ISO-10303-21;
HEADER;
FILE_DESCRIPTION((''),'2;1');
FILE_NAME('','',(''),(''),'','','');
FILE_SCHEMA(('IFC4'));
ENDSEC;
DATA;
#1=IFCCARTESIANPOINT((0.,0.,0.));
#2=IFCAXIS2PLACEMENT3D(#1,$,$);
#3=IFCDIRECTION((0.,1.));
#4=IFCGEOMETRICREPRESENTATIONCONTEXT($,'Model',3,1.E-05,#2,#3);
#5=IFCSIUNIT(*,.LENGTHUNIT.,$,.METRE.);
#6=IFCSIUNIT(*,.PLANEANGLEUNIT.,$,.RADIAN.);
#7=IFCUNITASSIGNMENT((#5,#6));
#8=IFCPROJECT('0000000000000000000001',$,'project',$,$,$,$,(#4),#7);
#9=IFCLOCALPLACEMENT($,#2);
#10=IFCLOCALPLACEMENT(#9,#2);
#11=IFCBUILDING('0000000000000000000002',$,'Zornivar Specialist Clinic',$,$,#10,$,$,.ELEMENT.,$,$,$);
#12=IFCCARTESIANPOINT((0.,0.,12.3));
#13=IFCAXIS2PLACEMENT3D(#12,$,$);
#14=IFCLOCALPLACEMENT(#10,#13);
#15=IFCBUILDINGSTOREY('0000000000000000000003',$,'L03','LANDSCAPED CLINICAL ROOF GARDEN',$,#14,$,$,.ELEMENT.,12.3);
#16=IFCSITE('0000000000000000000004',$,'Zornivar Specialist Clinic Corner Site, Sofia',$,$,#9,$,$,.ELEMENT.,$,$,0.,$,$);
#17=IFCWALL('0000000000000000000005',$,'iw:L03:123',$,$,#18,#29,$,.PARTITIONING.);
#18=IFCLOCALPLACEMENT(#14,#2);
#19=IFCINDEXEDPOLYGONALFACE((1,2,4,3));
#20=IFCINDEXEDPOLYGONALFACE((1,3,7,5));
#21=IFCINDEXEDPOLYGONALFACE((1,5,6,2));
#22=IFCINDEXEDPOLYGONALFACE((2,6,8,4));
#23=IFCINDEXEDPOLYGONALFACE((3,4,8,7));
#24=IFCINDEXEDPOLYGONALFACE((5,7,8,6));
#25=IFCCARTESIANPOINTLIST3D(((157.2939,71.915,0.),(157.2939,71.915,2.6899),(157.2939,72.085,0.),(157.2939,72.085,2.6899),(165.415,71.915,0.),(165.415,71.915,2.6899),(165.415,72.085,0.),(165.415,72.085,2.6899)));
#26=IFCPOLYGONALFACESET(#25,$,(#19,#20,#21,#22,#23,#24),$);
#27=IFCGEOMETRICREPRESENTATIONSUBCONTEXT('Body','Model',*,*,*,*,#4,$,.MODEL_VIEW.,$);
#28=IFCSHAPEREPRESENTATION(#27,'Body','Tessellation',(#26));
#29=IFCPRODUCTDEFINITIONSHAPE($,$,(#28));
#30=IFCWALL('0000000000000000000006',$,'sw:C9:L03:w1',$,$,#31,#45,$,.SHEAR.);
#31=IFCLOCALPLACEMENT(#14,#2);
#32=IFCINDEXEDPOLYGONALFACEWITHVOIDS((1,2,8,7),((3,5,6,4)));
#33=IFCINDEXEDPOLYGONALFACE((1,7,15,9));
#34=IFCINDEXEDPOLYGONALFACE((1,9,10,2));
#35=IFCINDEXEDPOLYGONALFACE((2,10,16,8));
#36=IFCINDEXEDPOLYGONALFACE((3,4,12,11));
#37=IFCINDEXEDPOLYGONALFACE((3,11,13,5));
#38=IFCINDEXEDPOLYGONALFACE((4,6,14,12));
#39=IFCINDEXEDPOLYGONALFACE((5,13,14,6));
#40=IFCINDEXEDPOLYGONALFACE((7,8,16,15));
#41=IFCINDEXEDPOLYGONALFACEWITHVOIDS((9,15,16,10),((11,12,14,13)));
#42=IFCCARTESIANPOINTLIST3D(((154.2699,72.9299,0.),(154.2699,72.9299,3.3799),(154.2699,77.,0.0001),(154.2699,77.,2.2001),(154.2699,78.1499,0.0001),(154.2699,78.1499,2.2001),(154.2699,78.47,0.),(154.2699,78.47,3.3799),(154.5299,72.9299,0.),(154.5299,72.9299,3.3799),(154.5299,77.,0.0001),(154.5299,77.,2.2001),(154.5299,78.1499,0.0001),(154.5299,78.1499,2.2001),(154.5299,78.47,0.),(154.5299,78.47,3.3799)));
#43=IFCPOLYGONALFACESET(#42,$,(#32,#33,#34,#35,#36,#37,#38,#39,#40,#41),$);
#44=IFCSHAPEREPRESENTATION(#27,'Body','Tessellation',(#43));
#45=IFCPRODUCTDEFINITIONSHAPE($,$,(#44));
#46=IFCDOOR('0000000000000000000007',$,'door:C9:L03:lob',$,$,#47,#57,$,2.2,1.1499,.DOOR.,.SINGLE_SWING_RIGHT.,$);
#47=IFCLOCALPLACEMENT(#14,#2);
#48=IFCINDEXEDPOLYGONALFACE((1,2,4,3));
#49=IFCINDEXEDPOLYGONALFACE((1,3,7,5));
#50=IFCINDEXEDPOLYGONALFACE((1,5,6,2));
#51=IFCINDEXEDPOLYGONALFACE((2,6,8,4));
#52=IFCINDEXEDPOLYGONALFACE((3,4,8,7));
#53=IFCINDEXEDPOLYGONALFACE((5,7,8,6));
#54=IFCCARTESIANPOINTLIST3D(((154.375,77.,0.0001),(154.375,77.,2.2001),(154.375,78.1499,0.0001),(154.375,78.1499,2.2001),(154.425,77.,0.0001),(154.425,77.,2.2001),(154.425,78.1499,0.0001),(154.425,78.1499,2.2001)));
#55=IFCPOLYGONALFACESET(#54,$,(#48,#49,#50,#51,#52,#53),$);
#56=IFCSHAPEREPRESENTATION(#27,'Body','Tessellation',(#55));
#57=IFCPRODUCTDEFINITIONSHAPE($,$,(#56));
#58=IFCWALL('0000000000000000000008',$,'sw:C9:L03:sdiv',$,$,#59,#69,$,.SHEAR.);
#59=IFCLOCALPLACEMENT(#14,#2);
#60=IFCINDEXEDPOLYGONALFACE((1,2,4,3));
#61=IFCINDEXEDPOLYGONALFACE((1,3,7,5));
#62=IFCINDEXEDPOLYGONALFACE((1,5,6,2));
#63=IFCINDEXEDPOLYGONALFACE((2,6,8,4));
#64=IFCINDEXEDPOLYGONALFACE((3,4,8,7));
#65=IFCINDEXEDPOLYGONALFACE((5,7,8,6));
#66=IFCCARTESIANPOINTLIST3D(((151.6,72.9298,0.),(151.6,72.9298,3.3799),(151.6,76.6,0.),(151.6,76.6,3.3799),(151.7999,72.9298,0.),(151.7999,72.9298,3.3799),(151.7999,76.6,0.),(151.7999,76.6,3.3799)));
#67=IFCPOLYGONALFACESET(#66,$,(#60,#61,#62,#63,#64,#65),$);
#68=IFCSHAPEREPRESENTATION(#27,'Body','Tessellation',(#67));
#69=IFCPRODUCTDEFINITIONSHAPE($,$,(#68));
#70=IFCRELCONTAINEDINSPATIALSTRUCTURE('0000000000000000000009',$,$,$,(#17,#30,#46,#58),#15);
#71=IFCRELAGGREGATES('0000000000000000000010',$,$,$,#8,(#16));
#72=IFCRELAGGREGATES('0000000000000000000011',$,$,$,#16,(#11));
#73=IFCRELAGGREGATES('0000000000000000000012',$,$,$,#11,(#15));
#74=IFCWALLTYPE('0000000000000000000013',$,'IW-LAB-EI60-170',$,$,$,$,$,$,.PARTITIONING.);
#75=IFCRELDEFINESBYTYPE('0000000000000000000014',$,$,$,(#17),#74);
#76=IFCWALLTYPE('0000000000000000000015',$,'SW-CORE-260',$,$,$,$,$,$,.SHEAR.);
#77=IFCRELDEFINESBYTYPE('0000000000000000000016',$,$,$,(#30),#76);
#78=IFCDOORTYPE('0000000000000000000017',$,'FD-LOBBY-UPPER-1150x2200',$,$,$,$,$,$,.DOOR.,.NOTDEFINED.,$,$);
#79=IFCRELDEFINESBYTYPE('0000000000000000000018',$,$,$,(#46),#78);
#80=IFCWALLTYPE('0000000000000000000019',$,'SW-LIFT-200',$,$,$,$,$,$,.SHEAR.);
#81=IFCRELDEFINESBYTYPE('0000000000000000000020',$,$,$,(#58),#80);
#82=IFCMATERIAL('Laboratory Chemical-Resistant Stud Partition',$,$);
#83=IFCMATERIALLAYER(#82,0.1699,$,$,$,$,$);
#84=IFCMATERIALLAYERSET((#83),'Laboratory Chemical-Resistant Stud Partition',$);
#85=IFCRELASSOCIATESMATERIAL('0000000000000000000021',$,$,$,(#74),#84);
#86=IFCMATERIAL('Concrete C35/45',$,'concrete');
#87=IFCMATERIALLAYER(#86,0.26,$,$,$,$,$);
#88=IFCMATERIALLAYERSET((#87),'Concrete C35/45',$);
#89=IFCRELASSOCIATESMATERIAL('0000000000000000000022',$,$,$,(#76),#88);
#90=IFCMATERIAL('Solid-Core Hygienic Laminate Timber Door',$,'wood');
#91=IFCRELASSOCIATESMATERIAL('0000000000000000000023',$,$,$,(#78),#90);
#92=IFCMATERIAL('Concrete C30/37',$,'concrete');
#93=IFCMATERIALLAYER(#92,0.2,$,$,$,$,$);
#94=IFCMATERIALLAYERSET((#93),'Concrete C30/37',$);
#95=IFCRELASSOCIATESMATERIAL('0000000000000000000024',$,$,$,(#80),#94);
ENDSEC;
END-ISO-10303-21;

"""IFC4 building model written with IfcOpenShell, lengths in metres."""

from ifc_helpers import new_model, si_unit, direction, frame, frame_2d, origin, place, context, subcontext, project, spatial, rectangle, extrude, material, layer, layer_set, type_object, element, fill, save


model = new_model("IFC4")

# Units and contexts
model_context = context("Model", 3, precision=1e-05, world=origin(), true_north=direction((0.0, 1.0)))
body_context = subcontext(model_context, "Body", "Model", "MODEL_VIEW")
ifc_project = project(units=[si_unit("LENGTHUNIT", "METRE"), si_unit("PLANEANGLEUNIT", "RADIAN")], contexts=[model_context])

# Site, building, storey
site_placement = place(None, origin())
site = spatial("IfcSite", under=ifc_project, at=site_placement, Name="Zornivar Specialist Clinic Corner Site, Sofia", CompositionType="ELEMENT", RefElevation=0.0)
building_placement = place(site_placement, origin())
building = spatial("IfcBuilding", under=site, at=building_placement, Name="Zornivar Specialist Clinic", CompositionType="ELEMENT")
storey_placement = place(building_placement, frame((0.0, 0.0, 12.3)))
storey = spatial("IfcBuildingStorey", under=building, at=storey_placement, Name="L03", Description="LANDSCAPED CLINICAL ROOF GARDEN", CompositionType="ELEMENT", Elevation=12.3)

# Wall
ifc_material_1 = material(Name="Laboratory Chemical-Resistant Stud Partition")
ifc_layer_1 = layer(ifc_material_1, 0.1699)
ifc_layer_set_1 = layer_set([ifc_layer_1], Name="Laboratory Chemical-Resistant Stud Partition")
wall_type_1 = type_object("IfcWallType", Name="IW-LAB-EI60-170", PredefinedType="PARTITIONING", material=ifc_layer_set_1)
wall_1_placement = place(storey_placement, frame((157.2939, 72.0, 0.0), z_axis=(0.0, 0.0, 1.0), x_axis=(1.0, 0.0, 0.0)))
element("IfcWall", 1, at=wall_1_placement, inside=storey, type_object=wall_type_1, Name="iw:L03:123", PredefinedType="PARTITIONING", context=body_context, shape_type="SweptSolid", body=[
    extrude(rectangle(XDim=8.1211, YDim=0.1699, at=frame_2d((4.0605, 0.0))), origin(), (0.0, 0.0, 1.0), 2.6899),
])

# Wall, opening, door
ifc_material_2 = material(Name="Concrete C35/45", Category="concrete")
ifc_layer_2 = layer(ifc_material_2, 0.26)
ifc_layer_set_2 = layer_set([ifc_layer_2], Name="Concrete C35/45")
wall_type_2 = type_object("IfcWallType", Name="SW-CORE-260", PredefinedType="SHEAR", material=ifc_layer_set_2)
wall_2_placement = place(storey_placement, frame((154.3999, 72.9299, 0.0), z_axis=(0.0, 0.0, 1.0), x_axis=(0.0, 1.0, 0.0)))
wall_2 = element("IfcWall", 2, at=wall_2_placement, inside=storey, type_object=wall_type_2, Name="sw:C9:L03:w1", PredefinedType="SHEAR", context=body_context, shape_type="SweptSolid", body=[
    extrude(rectangle(XDim=5.54, YDim=0.26, at=frame_2d((2.77, 0.0))), origin(), (0.0, 0.0, 1.0), 3.3799),
])
opening_1_placement = place(wall_2_placement, frame((4.0701, 0.0, 0.0)))
opening_1 = element("IfcOpeningElement", 3, at=opening_1_placement, cuts=wall_2, PredefinedType="OPENING", context=body_context, shape_type="SweptSolid", body=[
    extrude(rectangle(XDim=1.1499, YDim=2.2, at=frame_2d((0.575, 1.1001))), frame((0.0, 0.1399, 0.0), z_axis=(0.0, -1.0, 0.0), x_axis=(1.0, 0.0, 0.0)), (0.0, 0.0, 1.0), 0.28),
])
ifc_material_3 = material(Name="Solid-Core Hygienic Laminate Timber Door", Category="wood")
door_type_1 = type_object("IfcDoorType", Name="FD-LOBBY-UPPER-1150x2200", OperationType="NOTDEFINED", PredefinedType="DOOR", material=ifc_material_3)
door_1_placement = place(opening_1_placement, origin())
door_1 = element("IfcDoor", 4, at=door_1_placement, inside=storey, type_object=door_type_1, Name="door:C9:L03:lob", OperationType="SINGLE_SWING_RIGHT", OverallHeight=2.2, OverallWidth=1.1499, PredefinedType="DOOR", context=body_context, shape_type="SweptSolid", body=[
    extrude(rectangle(XDim=1.1499, YDim=2.2, at=frame_2d((0.575, 1.1001))), frame((0.0, 0.0249, 0.0), z_axis=(0.0, -1.0, 0.0), x_axis=(1.0, 0.0, 0.0)), (0.0, 0.0, 1.0), 0.05),
])
fill(opening_1, door_1)

# Wall
ifc_material_4 = material(Name="Concrete C30/37", Category="concrete")
ifc_layer_3 = layer(ifc_material_4, 0.2)
ifc_layer_set_3 = layer_set([ifc_layer_3], Name="Concrete C30/37")
wall_type_3 = type_object("IfcWallType", Name="SW-LIFT-200", PredefinedType="SHEAR", material=ifc_layer_set_3)
wall_3_placement = place(storey_placement, frame((151.7, 72.9299, 0.0), z_axis=(0.0, 0.0, 1.0), x_axis=(0.0, 1.0, 0.0)))
element("IfcWall", 5, at=wall_3_placement, inside=storey, type_object=wall_type_3, Name="sw:C9:L03:sdiv", PredefinedType="SHEAR", context=body_context, shape_type="SweptSolid", body=[
    extrude(rectangle(XDim=3.6702, YDim=0.2, at=frame_2d((1.835, 0.0))), origin(), (0.0, 0.0, 1.0), 3.3799),
])

save(model, "model.ifc")
